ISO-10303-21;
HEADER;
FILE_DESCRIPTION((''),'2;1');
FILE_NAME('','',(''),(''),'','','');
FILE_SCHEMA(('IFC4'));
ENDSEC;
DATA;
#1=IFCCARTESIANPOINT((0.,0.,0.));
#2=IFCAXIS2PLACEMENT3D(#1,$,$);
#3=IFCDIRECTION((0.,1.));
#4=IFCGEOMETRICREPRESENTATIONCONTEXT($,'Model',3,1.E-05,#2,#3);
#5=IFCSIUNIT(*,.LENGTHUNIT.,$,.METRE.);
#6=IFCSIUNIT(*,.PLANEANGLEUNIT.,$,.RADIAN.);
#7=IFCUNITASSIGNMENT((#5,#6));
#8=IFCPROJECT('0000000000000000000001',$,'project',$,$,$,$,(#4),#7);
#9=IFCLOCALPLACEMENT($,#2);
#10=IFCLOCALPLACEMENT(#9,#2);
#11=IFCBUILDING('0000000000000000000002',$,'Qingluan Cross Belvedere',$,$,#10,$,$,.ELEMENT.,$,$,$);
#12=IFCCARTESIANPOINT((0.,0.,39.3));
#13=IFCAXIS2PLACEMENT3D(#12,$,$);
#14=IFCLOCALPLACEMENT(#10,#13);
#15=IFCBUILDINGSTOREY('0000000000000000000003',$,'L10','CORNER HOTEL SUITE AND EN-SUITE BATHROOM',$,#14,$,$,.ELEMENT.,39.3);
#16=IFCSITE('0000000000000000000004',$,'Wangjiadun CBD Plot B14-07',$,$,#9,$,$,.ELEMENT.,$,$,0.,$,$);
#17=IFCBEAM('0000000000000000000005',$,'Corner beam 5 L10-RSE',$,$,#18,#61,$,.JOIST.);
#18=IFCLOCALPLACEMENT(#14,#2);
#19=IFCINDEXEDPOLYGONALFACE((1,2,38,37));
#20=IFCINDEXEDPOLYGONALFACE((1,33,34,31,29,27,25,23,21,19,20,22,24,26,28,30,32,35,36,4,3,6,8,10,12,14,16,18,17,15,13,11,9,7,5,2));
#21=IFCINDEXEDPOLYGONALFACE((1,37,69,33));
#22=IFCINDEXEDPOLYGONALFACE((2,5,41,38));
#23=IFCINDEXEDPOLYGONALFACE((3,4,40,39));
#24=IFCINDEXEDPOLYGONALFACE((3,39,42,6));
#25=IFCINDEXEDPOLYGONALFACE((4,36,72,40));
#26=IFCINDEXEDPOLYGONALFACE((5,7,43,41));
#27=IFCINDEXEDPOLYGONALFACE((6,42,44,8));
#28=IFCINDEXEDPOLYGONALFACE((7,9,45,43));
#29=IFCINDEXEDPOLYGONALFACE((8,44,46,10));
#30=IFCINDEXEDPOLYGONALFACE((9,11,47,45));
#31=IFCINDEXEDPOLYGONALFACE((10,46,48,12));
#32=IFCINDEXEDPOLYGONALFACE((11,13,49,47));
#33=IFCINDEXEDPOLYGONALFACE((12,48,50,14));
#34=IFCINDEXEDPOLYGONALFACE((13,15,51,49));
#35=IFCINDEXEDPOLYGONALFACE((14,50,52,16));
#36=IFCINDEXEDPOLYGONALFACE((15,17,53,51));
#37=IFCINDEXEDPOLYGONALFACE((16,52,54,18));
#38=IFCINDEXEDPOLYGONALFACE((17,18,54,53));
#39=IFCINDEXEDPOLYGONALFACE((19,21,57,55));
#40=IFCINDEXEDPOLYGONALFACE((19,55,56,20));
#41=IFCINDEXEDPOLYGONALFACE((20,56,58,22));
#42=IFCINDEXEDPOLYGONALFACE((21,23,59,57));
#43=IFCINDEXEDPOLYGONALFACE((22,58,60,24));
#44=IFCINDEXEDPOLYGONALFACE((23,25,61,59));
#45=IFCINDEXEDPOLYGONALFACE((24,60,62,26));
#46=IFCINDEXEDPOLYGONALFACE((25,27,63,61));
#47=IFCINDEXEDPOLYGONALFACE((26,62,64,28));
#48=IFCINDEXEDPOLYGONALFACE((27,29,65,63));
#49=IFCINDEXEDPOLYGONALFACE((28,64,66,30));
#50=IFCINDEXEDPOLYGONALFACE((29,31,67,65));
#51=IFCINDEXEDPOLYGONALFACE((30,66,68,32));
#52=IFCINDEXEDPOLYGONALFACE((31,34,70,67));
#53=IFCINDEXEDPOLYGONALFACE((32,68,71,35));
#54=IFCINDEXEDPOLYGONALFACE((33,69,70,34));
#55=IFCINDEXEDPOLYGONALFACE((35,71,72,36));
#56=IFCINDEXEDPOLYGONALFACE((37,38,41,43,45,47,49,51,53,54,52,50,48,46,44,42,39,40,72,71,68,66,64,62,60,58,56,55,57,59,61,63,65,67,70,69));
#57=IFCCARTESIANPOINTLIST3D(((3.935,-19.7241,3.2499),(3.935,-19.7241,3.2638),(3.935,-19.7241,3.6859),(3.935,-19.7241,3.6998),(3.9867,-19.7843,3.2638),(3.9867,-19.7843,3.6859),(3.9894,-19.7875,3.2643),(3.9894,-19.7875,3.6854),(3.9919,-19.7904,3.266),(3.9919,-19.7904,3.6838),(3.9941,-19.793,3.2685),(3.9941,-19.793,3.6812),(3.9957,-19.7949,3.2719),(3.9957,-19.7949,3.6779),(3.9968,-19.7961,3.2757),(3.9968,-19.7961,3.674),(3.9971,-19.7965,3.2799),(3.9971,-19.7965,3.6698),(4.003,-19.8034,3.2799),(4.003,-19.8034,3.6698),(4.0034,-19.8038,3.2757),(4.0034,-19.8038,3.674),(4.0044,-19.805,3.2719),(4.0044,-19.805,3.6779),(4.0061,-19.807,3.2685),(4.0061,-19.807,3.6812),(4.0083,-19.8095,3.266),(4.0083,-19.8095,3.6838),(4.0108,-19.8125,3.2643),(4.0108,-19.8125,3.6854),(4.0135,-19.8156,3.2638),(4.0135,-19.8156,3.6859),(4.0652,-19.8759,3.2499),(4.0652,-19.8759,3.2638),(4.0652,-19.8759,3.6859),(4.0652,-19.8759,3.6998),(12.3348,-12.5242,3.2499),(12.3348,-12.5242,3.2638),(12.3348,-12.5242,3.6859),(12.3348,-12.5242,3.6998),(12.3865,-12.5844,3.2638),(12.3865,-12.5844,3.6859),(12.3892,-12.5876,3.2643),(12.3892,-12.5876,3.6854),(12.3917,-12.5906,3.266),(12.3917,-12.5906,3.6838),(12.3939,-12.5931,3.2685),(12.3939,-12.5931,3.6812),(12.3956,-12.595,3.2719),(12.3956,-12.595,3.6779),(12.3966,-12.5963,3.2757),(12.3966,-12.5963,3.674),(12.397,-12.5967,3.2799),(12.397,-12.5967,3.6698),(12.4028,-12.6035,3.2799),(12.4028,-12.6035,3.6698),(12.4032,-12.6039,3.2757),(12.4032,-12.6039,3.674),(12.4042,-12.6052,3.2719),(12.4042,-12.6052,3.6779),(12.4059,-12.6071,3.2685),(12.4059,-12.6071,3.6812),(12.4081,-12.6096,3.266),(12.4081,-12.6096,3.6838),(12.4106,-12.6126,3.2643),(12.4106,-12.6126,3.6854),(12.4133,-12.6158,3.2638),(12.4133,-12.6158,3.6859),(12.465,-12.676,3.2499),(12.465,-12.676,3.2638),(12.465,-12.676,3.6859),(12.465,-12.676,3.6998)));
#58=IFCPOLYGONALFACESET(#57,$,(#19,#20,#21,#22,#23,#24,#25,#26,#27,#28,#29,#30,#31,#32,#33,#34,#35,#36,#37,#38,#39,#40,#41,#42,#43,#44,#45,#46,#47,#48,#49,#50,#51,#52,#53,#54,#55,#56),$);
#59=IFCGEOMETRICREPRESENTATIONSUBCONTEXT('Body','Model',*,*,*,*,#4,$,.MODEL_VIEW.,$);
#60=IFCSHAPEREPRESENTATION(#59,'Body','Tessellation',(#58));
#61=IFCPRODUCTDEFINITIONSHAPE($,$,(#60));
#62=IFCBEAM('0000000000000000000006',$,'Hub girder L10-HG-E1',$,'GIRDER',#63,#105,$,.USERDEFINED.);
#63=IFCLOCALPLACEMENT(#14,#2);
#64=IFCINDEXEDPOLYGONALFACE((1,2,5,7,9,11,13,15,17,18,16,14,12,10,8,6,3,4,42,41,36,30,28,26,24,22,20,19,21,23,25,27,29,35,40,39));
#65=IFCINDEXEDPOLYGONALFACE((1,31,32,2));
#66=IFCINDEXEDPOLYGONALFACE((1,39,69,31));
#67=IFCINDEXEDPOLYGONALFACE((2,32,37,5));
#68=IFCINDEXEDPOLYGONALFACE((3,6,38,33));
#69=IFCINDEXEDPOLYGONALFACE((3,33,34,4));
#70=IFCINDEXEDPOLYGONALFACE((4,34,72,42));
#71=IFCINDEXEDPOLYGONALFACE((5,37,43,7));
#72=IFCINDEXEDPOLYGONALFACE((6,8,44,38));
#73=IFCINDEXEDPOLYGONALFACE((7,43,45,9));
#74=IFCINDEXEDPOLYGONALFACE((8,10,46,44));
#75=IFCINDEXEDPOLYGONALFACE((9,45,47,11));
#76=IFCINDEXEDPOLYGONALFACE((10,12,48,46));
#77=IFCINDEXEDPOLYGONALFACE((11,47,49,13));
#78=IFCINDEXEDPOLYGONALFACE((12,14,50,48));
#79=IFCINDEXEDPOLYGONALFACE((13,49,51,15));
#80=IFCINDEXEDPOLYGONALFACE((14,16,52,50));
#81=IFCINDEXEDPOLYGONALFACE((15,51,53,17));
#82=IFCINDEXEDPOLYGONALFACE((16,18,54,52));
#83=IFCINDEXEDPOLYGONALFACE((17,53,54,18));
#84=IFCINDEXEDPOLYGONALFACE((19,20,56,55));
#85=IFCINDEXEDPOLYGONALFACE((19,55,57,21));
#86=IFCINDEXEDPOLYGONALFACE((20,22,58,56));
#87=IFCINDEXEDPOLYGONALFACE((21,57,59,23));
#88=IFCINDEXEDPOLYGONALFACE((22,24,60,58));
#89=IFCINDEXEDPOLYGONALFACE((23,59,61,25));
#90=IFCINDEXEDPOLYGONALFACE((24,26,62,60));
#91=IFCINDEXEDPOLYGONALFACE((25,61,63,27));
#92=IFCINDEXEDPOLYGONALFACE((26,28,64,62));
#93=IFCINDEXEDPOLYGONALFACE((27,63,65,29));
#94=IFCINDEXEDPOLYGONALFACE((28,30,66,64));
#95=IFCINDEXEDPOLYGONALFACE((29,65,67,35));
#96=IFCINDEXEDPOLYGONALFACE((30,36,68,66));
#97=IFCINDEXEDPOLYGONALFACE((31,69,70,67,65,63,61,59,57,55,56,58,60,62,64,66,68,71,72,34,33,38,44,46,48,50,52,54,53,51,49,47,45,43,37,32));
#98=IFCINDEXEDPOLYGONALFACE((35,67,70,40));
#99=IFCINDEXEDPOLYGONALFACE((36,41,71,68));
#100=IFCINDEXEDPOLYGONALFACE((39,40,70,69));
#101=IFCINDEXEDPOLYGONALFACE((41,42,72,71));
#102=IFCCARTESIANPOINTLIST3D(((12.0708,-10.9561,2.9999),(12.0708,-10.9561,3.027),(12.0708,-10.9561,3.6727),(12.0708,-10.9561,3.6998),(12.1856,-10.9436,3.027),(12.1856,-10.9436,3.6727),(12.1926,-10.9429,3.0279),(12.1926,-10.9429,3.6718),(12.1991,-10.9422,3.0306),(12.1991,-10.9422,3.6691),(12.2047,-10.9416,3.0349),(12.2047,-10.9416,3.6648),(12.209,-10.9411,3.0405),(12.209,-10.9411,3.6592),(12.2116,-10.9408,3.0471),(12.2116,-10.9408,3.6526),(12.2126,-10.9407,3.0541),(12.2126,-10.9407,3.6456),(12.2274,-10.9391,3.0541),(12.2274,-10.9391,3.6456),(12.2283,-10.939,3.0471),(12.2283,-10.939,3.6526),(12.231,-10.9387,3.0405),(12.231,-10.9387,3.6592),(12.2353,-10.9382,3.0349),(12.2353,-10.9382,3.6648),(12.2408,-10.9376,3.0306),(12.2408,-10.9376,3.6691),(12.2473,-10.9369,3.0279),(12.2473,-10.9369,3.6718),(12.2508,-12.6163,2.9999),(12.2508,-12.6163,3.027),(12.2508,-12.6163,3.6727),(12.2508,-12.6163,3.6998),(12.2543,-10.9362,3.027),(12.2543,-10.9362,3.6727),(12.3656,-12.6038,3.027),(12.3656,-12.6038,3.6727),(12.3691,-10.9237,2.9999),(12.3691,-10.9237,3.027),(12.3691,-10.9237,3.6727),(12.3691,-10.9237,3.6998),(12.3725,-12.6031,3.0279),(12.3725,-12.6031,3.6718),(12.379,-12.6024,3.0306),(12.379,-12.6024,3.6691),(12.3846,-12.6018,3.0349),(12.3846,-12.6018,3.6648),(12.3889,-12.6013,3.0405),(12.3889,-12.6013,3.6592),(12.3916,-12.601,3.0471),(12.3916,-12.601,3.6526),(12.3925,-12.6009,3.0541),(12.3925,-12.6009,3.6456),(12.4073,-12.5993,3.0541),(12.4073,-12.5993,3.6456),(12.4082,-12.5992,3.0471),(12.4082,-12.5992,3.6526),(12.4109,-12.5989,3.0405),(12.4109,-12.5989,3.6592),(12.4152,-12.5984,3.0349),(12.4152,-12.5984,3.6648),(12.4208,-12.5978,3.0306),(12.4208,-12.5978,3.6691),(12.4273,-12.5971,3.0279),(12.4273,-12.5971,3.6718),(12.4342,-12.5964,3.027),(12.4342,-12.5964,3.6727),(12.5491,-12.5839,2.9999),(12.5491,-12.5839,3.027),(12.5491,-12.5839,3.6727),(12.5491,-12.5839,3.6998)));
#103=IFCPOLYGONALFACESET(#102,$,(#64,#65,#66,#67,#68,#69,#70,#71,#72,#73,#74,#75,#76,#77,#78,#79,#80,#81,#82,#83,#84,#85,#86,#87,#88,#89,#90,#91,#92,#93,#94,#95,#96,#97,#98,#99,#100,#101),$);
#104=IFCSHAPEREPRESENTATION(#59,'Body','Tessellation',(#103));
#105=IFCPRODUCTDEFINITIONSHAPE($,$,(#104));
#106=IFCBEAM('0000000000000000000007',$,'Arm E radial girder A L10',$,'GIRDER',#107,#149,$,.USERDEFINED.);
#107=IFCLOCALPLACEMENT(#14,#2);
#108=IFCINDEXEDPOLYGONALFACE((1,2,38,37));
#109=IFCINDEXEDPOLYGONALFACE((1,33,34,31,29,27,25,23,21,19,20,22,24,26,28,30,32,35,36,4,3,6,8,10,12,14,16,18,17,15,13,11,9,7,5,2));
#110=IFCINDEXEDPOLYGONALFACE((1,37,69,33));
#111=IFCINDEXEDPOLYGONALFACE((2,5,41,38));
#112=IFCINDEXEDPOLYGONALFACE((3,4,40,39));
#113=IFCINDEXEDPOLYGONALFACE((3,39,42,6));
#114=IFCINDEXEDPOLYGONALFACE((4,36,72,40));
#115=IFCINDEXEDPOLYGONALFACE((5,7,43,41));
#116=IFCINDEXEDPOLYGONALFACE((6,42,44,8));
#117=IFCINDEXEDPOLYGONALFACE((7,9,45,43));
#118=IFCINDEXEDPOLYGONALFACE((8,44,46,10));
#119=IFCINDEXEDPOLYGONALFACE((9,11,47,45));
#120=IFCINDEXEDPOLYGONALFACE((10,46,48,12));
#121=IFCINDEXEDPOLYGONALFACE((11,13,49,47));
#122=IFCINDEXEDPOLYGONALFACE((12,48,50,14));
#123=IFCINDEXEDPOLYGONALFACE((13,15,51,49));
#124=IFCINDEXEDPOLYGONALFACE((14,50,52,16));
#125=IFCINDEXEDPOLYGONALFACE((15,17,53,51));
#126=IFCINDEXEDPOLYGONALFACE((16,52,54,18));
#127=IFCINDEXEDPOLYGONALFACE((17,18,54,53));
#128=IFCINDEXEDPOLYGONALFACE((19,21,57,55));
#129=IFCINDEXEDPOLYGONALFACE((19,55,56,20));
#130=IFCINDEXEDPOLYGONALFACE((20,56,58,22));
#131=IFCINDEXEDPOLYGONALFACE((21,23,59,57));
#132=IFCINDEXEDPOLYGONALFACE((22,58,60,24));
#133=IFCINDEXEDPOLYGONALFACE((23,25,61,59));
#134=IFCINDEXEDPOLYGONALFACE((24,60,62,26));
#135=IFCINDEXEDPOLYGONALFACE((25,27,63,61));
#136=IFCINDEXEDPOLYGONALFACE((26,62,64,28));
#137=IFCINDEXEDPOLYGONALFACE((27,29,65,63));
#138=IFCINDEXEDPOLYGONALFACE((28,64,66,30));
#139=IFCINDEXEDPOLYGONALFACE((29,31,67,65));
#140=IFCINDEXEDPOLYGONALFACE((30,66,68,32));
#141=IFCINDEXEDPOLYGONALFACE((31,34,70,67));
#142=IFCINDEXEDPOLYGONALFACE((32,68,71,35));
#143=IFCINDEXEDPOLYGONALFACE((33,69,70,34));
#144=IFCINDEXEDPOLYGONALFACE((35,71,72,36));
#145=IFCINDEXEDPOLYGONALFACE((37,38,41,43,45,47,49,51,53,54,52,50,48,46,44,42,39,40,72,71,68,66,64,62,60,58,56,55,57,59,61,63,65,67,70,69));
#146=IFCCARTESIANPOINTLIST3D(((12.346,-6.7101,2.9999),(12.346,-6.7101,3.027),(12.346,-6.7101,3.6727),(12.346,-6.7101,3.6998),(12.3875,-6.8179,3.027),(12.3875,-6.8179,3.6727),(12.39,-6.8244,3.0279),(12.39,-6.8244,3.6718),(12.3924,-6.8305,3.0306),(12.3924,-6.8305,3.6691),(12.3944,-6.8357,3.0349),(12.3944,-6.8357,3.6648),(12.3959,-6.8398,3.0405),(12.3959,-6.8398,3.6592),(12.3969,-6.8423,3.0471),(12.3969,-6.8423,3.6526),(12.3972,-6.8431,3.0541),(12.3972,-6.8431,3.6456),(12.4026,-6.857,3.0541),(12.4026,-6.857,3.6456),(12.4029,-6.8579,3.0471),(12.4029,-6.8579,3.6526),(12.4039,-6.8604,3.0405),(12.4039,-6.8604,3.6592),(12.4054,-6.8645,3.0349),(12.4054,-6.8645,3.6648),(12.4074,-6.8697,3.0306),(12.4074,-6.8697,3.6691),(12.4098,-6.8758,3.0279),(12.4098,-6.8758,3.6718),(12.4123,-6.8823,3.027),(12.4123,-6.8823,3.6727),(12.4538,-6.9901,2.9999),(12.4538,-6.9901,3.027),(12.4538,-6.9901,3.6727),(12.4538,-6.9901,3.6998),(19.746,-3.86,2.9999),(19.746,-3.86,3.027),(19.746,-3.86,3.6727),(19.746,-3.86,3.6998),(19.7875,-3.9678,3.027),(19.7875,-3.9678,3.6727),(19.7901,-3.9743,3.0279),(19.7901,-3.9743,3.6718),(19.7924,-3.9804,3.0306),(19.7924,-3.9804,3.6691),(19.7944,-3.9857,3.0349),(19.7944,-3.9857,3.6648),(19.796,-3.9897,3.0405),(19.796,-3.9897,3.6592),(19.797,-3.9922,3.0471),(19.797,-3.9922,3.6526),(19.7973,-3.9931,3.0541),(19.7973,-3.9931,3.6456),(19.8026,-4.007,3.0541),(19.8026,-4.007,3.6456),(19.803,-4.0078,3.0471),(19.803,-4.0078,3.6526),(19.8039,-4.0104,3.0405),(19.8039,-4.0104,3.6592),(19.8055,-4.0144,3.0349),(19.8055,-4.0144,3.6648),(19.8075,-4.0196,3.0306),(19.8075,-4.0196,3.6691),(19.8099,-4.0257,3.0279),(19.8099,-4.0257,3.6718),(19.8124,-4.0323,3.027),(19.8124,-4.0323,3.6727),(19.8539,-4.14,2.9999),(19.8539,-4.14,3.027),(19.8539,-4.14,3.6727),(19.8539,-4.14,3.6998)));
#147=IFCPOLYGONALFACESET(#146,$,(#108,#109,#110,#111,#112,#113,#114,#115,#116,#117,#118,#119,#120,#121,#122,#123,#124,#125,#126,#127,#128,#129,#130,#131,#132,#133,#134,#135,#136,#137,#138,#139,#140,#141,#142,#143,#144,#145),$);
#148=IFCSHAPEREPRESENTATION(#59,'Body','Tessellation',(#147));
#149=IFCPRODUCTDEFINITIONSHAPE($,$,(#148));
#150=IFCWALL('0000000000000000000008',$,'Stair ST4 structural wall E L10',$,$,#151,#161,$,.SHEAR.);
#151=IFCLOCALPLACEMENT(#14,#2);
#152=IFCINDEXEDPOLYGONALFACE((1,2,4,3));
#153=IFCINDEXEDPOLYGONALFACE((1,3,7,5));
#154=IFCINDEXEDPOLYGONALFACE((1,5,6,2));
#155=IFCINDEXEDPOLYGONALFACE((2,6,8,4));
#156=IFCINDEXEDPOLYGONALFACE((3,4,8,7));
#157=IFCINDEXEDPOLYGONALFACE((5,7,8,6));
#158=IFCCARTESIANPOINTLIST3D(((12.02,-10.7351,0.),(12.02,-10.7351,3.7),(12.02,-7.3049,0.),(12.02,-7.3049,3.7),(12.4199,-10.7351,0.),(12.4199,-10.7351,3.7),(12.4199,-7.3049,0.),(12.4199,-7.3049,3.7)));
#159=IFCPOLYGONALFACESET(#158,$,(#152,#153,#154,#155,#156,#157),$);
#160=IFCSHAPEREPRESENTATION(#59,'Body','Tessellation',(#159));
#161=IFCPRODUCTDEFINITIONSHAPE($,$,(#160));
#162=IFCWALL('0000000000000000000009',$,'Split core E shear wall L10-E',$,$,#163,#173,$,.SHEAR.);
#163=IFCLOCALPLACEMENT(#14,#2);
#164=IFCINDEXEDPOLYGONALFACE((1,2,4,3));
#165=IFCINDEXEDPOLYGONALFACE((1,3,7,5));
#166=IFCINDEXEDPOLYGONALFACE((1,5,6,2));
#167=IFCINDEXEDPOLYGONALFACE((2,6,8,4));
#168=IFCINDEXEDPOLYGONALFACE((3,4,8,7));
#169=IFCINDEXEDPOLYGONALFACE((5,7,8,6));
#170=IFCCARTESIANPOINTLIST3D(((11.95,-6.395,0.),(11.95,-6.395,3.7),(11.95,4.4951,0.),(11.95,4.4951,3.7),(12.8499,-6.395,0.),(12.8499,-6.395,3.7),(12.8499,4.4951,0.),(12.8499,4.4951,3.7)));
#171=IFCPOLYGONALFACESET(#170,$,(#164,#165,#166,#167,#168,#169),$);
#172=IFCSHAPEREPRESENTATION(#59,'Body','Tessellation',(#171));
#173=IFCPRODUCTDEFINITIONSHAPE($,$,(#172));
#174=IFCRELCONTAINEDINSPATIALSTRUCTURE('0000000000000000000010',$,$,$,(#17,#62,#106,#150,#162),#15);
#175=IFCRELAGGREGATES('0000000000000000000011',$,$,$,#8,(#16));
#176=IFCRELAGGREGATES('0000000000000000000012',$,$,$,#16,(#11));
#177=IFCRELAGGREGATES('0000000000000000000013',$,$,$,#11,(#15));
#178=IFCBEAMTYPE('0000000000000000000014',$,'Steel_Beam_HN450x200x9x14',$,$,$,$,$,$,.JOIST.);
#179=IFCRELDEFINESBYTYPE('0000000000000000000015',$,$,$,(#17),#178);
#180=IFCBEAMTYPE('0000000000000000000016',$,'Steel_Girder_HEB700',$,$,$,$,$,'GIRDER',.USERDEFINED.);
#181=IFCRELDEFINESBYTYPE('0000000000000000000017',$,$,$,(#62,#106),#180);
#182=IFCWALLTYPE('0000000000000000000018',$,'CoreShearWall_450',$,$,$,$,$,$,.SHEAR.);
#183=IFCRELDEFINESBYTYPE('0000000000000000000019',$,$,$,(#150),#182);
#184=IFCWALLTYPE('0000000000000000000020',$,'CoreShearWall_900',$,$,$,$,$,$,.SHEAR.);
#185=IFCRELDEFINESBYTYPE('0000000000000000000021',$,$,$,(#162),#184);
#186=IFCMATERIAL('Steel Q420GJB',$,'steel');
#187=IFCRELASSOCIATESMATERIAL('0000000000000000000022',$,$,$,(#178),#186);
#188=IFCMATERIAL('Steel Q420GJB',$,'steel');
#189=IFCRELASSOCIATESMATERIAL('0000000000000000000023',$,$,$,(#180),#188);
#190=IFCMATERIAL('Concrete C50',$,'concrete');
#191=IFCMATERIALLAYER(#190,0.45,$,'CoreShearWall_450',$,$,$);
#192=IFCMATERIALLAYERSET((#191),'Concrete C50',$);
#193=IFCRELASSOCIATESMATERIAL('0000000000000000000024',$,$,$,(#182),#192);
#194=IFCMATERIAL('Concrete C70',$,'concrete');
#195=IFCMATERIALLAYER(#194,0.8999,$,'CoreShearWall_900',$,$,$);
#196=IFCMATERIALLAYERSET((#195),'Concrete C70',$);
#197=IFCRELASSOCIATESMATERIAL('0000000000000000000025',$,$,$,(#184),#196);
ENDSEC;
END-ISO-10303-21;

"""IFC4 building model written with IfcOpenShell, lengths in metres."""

from ifc_helpers import new_model, si_unit, direction, frame, frame_2d, origin, origin_2d, place, context, subcontext, project, spatial, rectangle, i_section, extrude, material, layer, layer_set, material_profile, profile_set, type_object, element, save


model = new_model("IFC4")

# Units and contexts
model_context = context("Model", 3, precision=1e-05, world=origin(), true_north=direction((0.0, 1.0)))
body_context = subcontext(model_context, "Body", "Model", "MODEL_VIEW")
ifc_project = project(units=[si_unit("LENGTHUNIT", "METRE"), si_unit("PLANEANGLEUNIT", "RADIAN")], contexts=[model_context])

# Site, building, storey
site_placement = place(None, origin())
site = spatial("IfcSite", under=ifc_project, at=site_placement, Name="Wangjiadun CBD Plot B14-07", CompositionType="ELEMENT", RefElevation=0.0)
building_placement = place(site_placement, origin())
building = spatial("IfcBuilding", under=site, at=building_placement, Name="Qingluan Cross Belvedere", CompositionType="ELEMENT")
storey_placement = place(building_placement, frame((0.0, 0.0, 39.3)))
storey = spatial("IfcBuildingStorey", under=building, at=storey_placement, Name="L10", Description="CORNER HOTEL SUITE AND EN-SUITE BATHROOM", CompositionType="ELEMENT", Elevation=39.3)

# Beams
ifc_material_1 = material(Name="Steel Q420GJB", Category="steel")
ifc_material_profile_1 = material_profile(ifc_material_1, i_section(OverallWidth=0.2, OverallDepth=0.45, WebThickness=0.009, FlangeThickness=0.0139, FilletRadius=0.0161, at=origin_2d()), Name="HN450x200x9x14")
ifc_profile_set_1 = profile_set([ifc_material_profile_1], Name="Steel Q420GJB")
beam_type_1 = type_object("IfcBeamType", Name="Steel_Beam_HN450x200x9x14", PredefinedType="JOIST", material=ifc_profile_set_1)
beam_1_placement = place(storey_placement, frame((12.3999, -12.6001, 3.4749), z_axis=(-0.759255, -0.650793, 0.0), x_axis=(0.650793, -0.759255, 0.0)))
element("IfcBeam", 1, at=beam_1_placement, inside=storey, type_object=beam_type_1, Name="Corner beam 5 L10-RSE", PredefinedType="JOIST", context=body_context, shape_type="SweptSolid", body=[
    extrude(i_section(OverallWidth=0.2, OverallDepth=0.45, WebThickness=0.009, FlangeThickness=0.0139, FilletRadius=0.0161, at=origin_2d()), origin(), (0.0, 0.0, 1.0), 11.0632),
])
ifc_material_2 = material(Name="Steel Q420GJB", Category="steel")
ifc_material_profile_2 = material_profile(ifc_material_2, i_section(OverallWidth=0.3, OverallDepth=0.7, WebThickness=0.0149, FlangeThickness=0.0271, FilletRadius=0.0271, at=origin_2d()), Name="HEB700")
ifc_profile_set_2 = profile_set([ifc_material_profile_2], Name="Steel Q420GJB")
beam_type_2 = type_object("IfcBeamType", Name="Steel_Girder_HEB700", ElementType="GIRDER", PredefinedType="USERDEFINED", material=ifc_profile_set_2)
beam_2_placement = place(storey_placement, frame((12.3999, -12.6001, 3.3499), z_axis=(-0.107751, 0.994178, 0.0), x_axis=(-0.994178, -0.107751, 0.0)))
element("IfcBeam", 2, at=beam_2_placement, inside=storey, type_object=beam_type_2, Name="Hub girder L10-HG-E1", ObjectType="GIRDER", PredefinedType="USERDEFINED", context=body_context, shape_type="SweptSolid", body=[
    extrude(i_section(OverallWidth=0.3, OverallDepth=0.7, WebThickness=0.0149, FlangeThickness=0.0271, FilletRadius=0.0271, at=origin_2d()), origin(), (0.0, 0.0, 1.0), 1.6699),
])
beam_3_placement = place(storey_placement, frame((12.3999, -6.8501, 3.3499), z_axis=(0.933181, 0.359406, 0.0), x_axis=(-0.359406, 0.933181, 0.0)))
element("IfcBeam", 3, at=beam_3_placement, inside=storey, type_object=beam_type_2, Name="Arm E radial girder A L10", ObjectType="GIRDER", PredefinedType="USERDEFINED", context=body_context, shape_type="SweptSolid", body=[
    extrude(i_section(OverallWidth=0.3, OverallDepth=0.7, WebThickness=0.0149, FlangeThickness=0.0271, FilletRadius=0.0271, at=origin_2d()), origin(), (0.0, 0.0, 1.0), 7.9299),
])

# Walls
ifc_material_3 = material(Name="Concrete C50", Category="concrete")
ifc_layer_1 = layer(ifc_material_3, 0.45, Name="CoreShearWall_450")
ifc_layer_set_1 = layer_set([ifc_layer_1], Name="Concrete C50")
wall_type_1 = type_object("IfcWallType", Name="CoreShearWall_450", PredefinedType="SHEAR", material=ifc_layer_set_1)
wall_1_placement = place(storey_placement, frame((12.22, -10.7351, 0.0), z_axis=(0.0, 0.0, 1.0), x_axis=(0.0, 1.0, 0.0)))
element("IfcWall", 4, at=wall_1_placement, inside=storey, type_object=wall_type_1, Name="Stair ST4 structural wall E L10", PredefinedType="SHEAR", context=body_context, shape_type="SweptSolid", body=[
    extrude(rectangle(XDim=3.4302, YDim=0.3999, at=frame_2d((1.7151, 0.0))), origin(), (0.0, 0.0, 1.0), 3.7),
])
ifc_material_4 = material(Name="Concrete C70", Category="concrete")
ifc_layer_2 = layer(ifc_material_4, 0.8999, Name="CoreShearWall_900")
ifc_layer_set_2 = layer_set([ifc_layer_2], Name="Concrete C70")
wall_type_2 = type_object("IfcWallType", Name="CoreShearWall_900", PredefinedType="SHEAR", material=ifc_layer_set_2)
wall_2_placement = place(storey_placement, frame((12.3999, -6.395, 0.0), z_axis=(0.0, 0.0, 1.0), x_axis=(0.0, 1.0, 0.0)))
element("IfcWall", 5, at=wall_2_placement, inside=storey, type_object=wall_type_2, Name="Split core E shear wall L10-E", PredefinedType="SHEAR", context=body_context, shape_type="SweptSolid", body=[
    extrude(rectangle(XDim=10.8901, YDim=0.8999, at=frame_2d((5.4451, 0.0))), origin(), (0.0, 0.0, 1.0), 3.7),
])

save(model, "model.ifc")
